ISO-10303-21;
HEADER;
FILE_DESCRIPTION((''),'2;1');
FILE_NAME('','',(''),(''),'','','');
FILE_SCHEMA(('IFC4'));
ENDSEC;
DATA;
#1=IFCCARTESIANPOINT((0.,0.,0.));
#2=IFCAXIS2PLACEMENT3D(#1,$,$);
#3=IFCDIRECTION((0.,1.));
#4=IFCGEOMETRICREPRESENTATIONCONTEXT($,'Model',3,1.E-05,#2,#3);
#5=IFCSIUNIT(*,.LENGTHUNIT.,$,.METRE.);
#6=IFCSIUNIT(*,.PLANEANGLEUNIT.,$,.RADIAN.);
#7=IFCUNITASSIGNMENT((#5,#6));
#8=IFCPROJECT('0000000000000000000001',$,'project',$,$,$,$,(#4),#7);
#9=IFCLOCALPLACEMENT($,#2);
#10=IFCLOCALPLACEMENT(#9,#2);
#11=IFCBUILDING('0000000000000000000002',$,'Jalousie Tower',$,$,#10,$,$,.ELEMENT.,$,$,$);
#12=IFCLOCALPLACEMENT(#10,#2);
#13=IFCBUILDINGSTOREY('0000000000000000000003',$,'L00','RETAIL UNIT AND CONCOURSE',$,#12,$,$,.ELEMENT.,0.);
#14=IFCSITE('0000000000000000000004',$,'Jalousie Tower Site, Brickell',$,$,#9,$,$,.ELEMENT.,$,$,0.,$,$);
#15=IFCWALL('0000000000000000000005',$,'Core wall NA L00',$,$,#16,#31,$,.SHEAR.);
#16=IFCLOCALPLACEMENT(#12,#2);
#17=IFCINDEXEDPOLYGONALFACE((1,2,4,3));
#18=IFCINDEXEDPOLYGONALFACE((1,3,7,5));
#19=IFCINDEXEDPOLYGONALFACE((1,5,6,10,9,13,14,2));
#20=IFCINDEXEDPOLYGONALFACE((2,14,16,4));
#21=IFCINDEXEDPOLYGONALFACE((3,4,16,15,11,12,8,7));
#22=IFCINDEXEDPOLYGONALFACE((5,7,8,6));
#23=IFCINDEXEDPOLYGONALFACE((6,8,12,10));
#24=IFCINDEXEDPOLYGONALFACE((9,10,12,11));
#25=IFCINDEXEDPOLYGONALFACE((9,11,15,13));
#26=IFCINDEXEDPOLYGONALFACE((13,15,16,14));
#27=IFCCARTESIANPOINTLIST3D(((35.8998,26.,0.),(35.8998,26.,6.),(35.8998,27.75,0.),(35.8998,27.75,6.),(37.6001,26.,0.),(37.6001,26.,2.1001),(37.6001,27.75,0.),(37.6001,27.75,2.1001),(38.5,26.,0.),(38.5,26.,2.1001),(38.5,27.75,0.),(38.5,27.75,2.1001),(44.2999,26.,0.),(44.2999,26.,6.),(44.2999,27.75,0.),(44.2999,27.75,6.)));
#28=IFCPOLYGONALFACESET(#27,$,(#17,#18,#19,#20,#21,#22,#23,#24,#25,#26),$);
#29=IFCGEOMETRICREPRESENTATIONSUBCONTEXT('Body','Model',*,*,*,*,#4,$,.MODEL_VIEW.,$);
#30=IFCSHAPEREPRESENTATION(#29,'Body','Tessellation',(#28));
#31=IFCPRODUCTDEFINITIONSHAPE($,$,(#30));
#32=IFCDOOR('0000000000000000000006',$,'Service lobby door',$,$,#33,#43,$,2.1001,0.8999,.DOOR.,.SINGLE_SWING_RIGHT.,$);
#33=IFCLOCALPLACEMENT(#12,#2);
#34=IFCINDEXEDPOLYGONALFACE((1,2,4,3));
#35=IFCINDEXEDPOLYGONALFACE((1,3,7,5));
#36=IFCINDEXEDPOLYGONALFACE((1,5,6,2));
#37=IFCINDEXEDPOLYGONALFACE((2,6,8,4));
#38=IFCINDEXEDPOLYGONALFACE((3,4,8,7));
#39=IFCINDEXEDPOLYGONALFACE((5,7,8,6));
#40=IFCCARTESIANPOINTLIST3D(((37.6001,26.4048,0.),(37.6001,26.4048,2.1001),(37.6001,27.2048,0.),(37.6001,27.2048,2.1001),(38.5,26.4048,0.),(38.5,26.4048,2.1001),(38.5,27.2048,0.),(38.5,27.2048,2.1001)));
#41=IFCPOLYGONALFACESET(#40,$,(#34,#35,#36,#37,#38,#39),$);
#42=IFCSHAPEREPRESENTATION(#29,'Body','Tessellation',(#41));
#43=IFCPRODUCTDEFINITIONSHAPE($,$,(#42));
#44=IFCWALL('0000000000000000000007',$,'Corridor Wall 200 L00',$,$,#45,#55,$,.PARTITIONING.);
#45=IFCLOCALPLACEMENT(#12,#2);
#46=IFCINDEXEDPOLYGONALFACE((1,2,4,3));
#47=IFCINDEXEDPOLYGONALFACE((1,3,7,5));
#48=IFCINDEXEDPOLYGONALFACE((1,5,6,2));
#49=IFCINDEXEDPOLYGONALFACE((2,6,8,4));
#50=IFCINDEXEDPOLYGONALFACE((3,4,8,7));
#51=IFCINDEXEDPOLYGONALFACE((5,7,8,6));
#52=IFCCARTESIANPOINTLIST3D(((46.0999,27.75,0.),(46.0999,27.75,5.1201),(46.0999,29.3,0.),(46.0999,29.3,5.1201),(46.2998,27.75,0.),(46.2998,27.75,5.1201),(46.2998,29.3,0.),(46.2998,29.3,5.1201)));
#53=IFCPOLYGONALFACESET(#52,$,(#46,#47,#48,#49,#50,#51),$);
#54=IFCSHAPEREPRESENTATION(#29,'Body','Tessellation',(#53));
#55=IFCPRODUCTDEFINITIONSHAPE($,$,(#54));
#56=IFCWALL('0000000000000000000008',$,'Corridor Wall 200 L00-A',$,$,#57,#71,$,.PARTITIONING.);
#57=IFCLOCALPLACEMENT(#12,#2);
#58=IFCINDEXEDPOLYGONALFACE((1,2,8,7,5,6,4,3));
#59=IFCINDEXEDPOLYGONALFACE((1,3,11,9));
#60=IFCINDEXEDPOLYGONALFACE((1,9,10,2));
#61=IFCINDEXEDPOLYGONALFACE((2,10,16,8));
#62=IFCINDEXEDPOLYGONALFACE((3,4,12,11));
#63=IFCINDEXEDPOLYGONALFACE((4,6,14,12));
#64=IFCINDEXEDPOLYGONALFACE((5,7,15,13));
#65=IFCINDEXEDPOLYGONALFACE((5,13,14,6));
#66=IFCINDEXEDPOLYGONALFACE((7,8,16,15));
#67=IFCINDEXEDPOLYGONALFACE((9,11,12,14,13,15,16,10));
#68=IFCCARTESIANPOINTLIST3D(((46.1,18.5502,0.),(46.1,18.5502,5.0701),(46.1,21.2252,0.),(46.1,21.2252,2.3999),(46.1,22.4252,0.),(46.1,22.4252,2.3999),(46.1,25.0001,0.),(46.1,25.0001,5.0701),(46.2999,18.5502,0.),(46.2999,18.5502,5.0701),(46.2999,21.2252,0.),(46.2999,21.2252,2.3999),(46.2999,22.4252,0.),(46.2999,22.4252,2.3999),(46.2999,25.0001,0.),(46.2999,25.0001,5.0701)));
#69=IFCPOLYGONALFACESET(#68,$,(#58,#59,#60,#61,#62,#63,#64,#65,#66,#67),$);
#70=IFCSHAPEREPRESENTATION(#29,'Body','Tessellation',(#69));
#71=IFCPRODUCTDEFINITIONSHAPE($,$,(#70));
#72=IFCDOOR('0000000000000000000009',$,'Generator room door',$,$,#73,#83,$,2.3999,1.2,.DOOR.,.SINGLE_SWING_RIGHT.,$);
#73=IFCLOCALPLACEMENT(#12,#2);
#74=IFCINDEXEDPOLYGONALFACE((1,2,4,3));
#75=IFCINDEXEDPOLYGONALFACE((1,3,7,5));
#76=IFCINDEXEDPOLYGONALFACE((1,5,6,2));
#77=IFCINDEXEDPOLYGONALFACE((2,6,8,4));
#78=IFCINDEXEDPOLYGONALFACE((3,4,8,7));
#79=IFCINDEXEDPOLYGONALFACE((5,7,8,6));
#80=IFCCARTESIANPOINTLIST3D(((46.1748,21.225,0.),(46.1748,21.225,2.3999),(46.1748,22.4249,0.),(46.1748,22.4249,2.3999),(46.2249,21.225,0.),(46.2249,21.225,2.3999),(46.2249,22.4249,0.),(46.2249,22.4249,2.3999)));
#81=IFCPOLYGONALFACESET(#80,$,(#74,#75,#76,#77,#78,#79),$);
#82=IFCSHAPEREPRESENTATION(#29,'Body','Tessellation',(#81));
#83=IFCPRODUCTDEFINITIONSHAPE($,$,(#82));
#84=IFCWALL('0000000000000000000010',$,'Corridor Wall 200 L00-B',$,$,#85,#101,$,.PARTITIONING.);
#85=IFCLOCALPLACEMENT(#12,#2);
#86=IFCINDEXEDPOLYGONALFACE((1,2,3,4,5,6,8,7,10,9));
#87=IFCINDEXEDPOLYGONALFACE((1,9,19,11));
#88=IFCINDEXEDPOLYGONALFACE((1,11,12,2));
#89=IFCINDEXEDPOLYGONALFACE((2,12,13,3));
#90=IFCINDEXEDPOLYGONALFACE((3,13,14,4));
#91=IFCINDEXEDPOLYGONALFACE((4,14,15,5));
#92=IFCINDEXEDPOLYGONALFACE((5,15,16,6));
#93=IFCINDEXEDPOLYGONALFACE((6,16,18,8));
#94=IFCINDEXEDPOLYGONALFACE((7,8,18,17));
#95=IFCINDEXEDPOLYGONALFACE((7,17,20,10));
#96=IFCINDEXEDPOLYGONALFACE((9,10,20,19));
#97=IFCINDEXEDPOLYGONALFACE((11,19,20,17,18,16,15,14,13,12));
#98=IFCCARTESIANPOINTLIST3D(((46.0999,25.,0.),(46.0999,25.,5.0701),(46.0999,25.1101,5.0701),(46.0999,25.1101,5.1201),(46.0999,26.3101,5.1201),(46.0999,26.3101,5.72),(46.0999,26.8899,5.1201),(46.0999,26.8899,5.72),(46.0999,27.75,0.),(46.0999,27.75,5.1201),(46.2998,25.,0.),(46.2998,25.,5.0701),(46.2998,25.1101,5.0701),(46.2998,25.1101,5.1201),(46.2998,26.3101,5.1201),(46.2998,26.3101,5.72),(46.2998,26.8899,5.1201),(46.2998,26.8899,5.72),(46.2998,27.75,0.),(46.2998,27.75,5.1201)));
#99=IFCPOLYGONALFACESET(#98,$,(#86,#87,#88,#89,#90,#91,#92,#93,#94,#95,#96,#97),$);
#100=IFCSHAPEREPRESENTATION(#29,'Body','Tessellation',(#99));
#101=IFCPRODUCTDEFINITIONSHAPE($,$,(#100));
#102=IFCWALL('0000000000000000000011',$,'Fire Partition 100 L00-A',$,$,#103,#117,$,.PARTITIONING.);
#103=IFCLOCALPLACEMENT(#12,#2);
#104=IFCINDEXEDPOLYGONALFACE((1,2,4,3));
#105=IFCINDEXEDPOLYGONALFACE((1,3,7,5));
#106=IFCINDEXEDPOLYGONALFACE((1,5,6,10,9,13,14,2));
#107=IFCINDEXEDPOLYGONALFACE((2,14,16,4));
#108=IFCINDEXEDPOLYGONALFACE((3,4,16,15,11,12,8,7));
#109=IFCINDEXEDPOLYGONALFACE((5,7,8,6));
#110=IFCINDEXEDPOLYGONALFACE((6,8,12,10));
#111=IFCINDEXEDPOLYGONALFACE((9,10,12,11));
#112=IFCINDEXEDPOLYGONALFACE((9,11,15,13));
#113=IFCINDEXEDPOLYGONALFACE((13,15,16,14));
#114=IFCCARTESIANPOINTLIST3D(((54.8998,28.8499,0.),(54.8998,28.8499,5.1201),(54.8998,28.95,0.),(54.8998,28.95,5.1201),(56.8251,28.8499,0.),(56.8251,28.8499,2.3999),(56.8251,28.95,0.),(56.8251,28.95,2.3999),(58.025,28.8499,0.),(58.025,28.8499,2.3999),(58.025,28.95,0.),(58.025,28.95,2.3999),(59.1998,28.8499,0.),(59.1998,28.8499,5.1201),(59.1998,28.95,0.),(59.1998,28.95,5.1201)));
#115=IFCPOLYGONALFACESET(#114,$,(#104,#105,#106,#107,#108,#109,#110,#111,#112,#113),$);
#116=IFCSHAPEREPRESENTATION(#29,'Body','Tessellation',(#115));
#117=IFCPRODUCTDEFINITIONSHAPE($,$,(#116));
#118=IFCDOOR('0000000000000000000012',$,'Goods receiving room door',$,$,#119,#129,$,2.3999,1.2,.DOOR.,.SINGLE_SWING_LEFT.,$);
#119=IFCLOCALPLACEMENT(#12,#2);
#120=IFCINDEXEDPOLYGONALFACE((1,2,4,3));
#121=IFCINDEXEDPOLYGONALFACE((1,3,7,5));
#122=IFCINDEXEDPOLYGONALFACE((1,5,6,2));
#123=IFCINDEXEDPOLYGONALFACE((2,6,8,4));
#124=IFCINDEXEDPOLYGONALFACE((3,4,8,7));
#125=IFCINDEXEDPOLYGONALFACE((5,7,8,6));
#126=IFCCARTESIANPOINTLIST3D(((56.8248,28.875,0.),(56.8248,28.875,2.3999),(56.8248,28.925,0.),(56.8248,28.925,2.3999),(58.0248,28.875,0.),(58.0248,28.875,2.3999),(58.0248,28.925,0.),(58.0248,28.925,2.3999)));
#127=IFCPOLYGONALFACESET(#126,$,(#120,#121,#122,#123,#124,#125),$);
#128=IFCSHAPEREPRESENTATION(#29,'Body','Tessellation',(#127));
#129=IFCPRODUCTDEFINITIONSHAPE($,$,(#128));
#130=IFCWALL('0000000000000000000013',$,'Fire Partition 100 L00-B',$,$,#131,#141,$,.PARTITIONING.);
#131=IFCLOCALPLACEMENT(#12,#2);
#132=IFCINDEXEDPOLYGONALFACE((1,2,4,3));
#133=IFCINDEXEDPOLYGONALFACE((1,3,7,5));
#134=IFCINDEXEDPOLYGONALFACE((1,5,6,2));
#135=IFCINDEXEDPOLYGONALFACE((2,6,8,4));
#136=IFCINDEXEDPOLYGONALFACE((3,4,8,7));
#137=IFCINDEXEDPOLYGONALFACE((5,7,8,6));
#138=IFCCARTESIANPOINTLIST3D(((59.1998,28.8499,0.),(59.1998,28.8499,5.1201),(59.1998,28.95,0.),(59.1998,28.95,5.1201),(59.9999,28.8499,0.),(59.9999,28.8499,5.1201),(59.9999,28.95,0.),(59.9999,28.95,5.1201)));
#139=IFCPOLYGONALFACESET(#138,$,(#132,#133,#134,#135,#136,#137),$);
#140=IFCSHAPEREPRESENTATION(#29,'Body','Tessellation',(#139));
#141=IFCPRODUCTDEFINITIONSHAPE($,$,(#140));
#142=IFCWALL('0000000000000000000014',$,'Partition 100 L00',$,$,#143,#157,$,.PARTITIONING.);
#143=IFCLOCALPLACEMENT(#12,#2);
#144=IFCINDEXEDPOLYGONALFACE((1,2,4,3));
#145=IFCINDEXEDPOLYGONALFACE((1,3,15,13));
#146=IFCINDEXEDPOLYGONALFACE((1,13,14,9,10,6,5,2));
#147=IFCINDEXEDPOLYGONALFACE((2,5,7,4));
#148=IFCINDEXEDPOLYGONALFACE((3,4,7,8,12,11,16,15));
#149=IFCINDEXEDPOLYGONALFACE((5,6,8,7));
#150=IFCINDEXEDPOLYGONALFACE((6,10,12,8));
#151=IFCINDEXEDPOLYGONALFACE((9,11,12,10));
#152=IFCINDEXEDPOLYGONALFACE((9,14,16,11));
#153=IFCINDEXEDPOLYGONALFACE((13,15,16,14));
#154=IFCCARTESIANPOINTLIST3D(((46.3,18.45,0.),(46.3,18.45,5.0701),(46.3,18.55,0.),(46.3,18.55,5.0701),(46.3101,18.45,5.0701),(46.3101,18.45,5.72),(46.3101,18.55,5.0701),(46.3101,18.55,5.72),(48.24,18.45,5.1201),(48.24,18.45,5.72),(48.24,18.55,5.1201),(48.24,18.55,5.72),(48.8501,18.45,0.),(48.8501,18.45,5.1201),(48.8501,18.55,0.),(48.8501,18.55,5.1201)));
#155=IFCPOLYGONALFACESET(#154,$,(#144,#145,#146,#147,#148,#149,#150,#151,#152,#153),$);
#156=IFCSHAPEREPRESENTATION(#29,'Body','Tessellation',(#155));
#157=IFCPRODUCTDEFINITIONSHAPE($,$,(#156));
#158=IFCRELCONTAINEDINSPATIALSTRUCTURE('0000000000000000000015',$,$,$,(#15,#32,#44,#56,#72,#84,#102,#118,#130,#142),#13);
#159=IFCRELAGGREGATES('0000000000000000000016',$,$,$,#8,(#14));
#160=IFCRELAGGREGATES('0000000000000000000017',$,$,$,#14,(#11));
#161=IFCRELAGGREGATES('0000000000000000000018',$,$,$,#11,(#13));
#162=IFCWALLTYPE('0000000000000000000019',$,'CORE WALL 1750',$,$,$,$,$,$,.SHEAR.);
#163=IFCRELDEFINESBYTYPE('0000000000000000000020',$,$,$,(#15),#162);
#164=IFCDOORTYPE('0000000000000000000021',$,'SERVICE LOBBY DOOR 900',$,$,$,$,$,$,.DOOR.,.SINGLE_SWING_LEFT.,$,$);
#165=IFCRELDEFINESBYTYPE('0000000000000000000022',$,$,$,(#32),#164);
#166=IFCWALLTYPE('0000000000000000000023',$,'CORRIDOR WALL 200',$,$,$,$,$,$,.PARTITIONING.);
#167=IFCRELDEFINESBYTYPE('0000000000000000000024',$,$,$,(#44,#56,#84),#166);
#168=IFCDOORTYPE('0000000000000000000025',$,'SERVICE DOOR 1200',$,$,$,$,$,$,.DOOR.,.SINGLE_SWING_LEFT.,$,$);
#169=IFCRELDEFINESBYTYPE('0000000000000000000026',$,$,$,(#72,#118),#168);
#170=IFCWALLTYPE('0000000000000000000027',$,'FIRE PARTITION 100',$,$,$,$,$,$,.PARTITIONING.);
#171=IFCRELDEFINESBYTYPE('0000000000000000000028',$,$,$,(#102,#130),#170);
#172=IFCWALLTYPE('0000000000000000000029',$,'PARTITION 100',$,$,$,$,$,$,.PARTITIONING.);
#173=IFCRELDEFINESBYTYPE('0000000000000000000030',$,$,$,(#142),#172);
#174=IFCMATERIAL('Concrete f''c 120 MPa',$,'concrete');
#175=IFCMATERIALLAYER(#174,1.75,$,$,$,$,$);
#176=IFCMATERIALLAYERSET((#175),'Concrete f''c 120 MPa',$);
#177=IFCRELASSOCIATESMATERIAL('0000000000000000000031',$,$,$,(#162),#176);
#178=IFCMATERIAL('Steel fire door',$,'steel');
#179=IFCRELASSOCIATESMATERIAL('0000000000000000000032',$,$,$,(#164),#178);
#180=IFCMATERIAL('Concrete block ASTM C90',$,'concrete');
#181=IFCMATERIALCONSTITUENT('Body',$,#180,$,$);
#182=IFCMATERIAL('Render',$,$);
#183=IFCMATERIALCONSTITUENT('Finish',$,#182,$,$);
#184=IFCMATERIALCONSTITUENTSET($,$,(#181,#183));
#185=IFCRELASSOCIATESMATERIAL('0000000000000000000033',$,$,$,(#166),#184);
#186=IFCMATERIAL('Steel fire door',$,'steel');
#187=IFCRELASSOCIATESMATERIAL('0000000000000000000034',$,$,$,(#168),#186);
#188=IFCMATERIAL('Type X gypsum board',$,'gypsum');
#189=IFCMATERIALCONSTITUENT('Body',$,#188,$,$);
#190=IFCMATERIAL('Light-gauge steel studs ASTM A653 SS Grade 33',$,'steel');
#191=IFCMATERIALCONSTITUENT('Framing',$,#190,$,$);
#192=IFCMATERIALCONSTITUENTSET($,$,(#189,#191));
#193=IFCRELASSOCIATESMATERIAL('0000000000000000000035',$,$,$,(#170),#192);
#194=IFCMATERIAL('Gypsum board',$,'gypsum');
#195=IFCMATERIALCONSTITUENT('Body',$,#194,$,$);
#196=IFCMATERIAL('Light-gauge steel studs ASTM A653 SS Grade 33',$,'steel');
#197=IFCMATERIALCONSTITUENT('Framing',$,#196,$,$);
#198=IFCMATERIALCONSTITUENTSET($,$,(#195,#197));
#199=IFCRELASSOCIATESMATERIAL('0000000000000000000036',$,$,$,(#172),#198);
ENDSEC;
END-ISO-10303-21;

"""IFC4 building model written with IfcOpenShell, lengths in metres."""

from ifc_helpers import new_model, si_unit, direction, frame, frame_2d, origin, place, context, subcontext, project, spatial, polyline, rectangle, outline, extrude, material, layer, layer_set, constituent, constituent_set, type_object, element, fill, save


model = new_model("IFC4")

# Units and contexts
model_context = context("Model", 3, precision=1e-05, world=origin(), true_north=direction((0.0, 1.0)))
body_context = subcontext(model_context, "Body", "Model", "MODEL_VIEW")
ifc_project = project(units=[si_unit("LENGTHUNIT", "METRE"), si_unit("PLANEANGLEUNIT", "RADIAN")], contexts=[model_context])

# Site, building, storey
site_placement = place(None, origin())
site = spatial("IfcSite", under=ifc_project, at=site_placement, Name="Jalousie Tower Site, Brickell", CompositionType="ELEMENT", RefElevation=0.0)
building_placement = place(site_placement, origin())
building = spatial("IfcBuilding", under=site, at=building_placement, Name="Jalousie Tower", CompositionType="ELEMENT")
storey_placement = place(building_placement, origin())
storey = spatial("IfcBuildingStorey", under=building, at=storey_placement, Name="L00", Description="RETAIL UNIT AND CONCOURSE", CompositionType="ELEMENT", Elevation=0.0)

# Wall, opening, door
ifc_material_1 = material(Name="Concrete f'c 120 MPa", Category="concrete")
ifc_layer_1 = layer(ifc_material_1, 1.75)
ifc_layer_set_1 = layer_set([ifc_layer_1], Name="Concrete f'c 120 MPa")
wall_type_1 = type_object("IfcWallType", Name="CORE WALL 1750", PredefinedType="SHEAR", material=ifc_layer_set_1)
wall_1_placement = place(storey_placement, frame((44.3, 26.875, 0.0), z_axis=(0.0, 0.0, 1.0), x_axis=(-1.0, 0.0, 0.0)))
wall_1 = element("IfcWall", 1, at=wall_1_placement, inside=storey, type_object=wall_type_1, Name="Core wall NA L00", PredefinedType="SHEAR", context=body_context, shape_type="SweptSolid", body=[
    extrude(rectangle(XDim=8.4001, YDim=1.75, at=frame_2d((4.2002, 0.0))), origin(), (0.0, 0.0, 1.0), 6.0),
])
opening_1_placement = place(wall_1_placement, frame((5.8, 0.0, 0.0)))
opening_1 = element("IfcOpeningElement", 2, at=opening_1_placement, cuts=wall_1, PredefinedType="OPENING", context=body_context, shape_type="SweptSolid", body=[
    extrude(rectangle(XDim=0.8999, YDim=2.1001, at=frame_2d((0.45, 1.05))), frame((0.0, 0.885, 0.0), z_axis=(0.0, -1.0, 0.0), x_axis=(1.0, 0.0, 0.0)), (0.0, 0.0, 1.0), 1.77),
])
ifc_material_2 = material(Name="Steel fire door", Category="steel")
door_type_1 = type_object("IfcDoorType", Name="SERVICE LOBBY DOOR 900", OperationType="SINGLE_SWING_LEFT", PredefinedType="DOOR", material=ifc_material_2)
door_1_placement = place(opening_1_placement, origin())
door_1 = element("IfcDoor", 3, at=door_1_placement, inside=storey, type_object=door_type_1, Name="Service lobby door", OperationType="SINGLE_SWING_RIGHT", OverallHeight=2.1001, OverallWidth=0.8999, PredefinedType="DOOR", context=body_context, shape_type="SweptSolid", body=[
    extrude(rectangle(XDim=0.8999, YDim=2.1001, at=frame_2d((0.45, 1.05))), frame((0.0, 0.4702, 0.0), z_axis=(0.0, -1.0, 0.0), x_axis=(1.0, 0.0, 0.0)), (0.0, 0.0, 1.0), 0.8),
])
fill(opening_1, door_1)

# Wall
ifc_material_3 = material(Name="Concrete block ASTM C90", Category="concrete")
ifc_constituent_1 = constituent(ifc_material_3, Name="Body")
ifc_material_4 = material(Name="Render")
ifc_constituent_2 = constituent(ifc_material_4, Name="Finish")
ifc_constituent_set_1 = constituent_set(constituents=[ifc_constituent_1, ifc_constituent_2])
wall_type_2 = type_object("IfcWallType", Name="CORRIDOR WALL 200", PredefinedType="PARTITIONING", material=ifc_constituent_set_1)
wall_2_placement = place(storey_placement, frame((46.2, 27.75, 0.0), z_axis=(0.0, 0.0, 1.0), x_axis=(0.0, 1.0, 0.0)))
element("IfcWall", 4, at=wall_2_placement, inside=storey, type_object=wall_type_2, Name="Corridor Wall 200 L00", PredefinedType="PARTITIONING", context=body_context, shape_type="SweptSolid", body=[
    extrude(outline(polyline([(0.0, 0.0), (1.55, 0.0), (1.55, 5.72), (1.55, 5.1201), (0.0, 5.1201), (0.0, 5.72), (0.0, 0.0)])), frame((0.0, 0.1001, 0.0), z_axis=(0.0, -1.0, 0.0), x_axis=(1.0, 0.0, 0.0)), (0.0, 0.0, 1.0), 0.2),
])

# Wall, opening, door
wall_3_placement = place(storey_placement, frame((46.2, 18.55, 0.0), z_axis=(0.0, 0.0, 1.0), x_axis=(0.0, 1.0, 0.0)))
wall_3 = element("IfcWall", 5, at=wall_3_placement, inside=storey, type_object=wall_type_2, Name="Corridor Wall 200 L00-A", PredefinedType="PARTITIONING", context=body_context, shape_type="SweptSolid", body=[
    extrude(rectangle(XDim=6.45, YDim=0.2, at=frame_2d((3.2251, 0.0))), origin(), (0.0, 0.0, 1.0), 5.0701),
])
opening_2_placement = place(wall_3_placement, frame((2.675, 0.0, 0.0)))
opening_2 = element("IfcOpeningElement", 6, at=opening_2_placement, cuts=wall_3, PredefinedType="OPENING", context=body_context, shape_type="SweptSolid", body=[
    extrude(rectangle(XDim=1.2, YDim=2.3999, at=frame_2d((0.6001, 1.2))), frame((0.0, 0.1099, 0.0), z_axis=(0.0, -1.0, 0.0), x_axis=(1.0, 0.0, 0.0)), (0.0, 0.0, 1.0), 0.22),
])
ifc_material_5 = material(Name="Steel fire door", Category="steel")
door_type_2 = type_object("IfcDoorType", Name="SERVICE DOOR 1200", OperationType="SINGLE_SWING_LEFT", PredefinedType="DOOR", material=ifc_material_5)
door_2_placement = place(opening_2_placement, frame((1.2, 0.0, 0.0), z_axis=(0.0, 0.0, 1.0), x_axis=(-1.0, 0.0, 0.0)))
door_2 = element("IfcDoor", 7, at=door_2_placement, inside=storey, type_object=door_type_2, Name="Generator room door", OperationType="SINGLE_SWING_RIGHT", OverallHeight=2.3999, OverallWidth=1.2, PredefinedType="DOOR", context=body_context, shape_type="SweptSolid", body=[
    extrude(rectangle(XDim=1.2, YDim=2.3999, at=frame_2d((0.6001, 1.2))), frame((0.0, 0.0249, 0.0), z_axis=(0.0, -1.0, 0.0), x_axis=(1.0, 0.0, 0.0)), (0.0, 0.0, 1.0), 0.05),
])
fill(opening_2, door_2)

# Wall
wall_4_placement = place(storey_placement, frame((46.2, 25.0, 0.0), z_axis=(0.0, 0.0, 1.0), x_axis=(0.0, 1.0, 0.0)))
element("IfcWall", 8, at=wall_4_placement, inside=storey, type_object=wall_type_2, Name="Corridor Wall 200 L00-B", PredefinedType="PARTITIONING", context=body_context, shape_type="SweptSolid", body=[
    extrude(outline(polyline([(0.0, 0.0), (2.75, 0.0), (2.75, 5.1201), (1.8899, 5.1201), (1.8899, 5.72), (1.3101, 5.72), (1.3101, 5.1201), (0.1101, 5.1201), (0.1101, 5.0701), (0.0, 5.0701), (0.0, 0.0)])), frame((0.0, 0.1001, 0.0), z_axis=(0.0, -1.0, 0.0), x_axis=(1.0, 0.0, 0.0)), (0.0, 0.0, 1.0), 0.2),
])

# Wall, opening, door
ifc_material_6 = material(Name="Type X gypsum board", Category="gypsum")
ifc_constituent_3 = constituent(ifc_material_6, Name="Body")
ifc_material_7 = material(Name="Light-gauge steel studs ASTM A653 SS Grade 33", Category="steel")
ifc_constituent_4 = constituent(ifc_material_7, Name="Framing")
ifc_constituent_set_2 = constituent_set(constituents=[ifc_constituent_3, ifc_constituent_4])
wall_type_3 = type_object("IfcWallType", Name="FIRE PARTITION 100", PredefinedType="PARTITIONING", material=ifc_constituent_set_2)
wall_5_placement = place(storey_placement, frame((54.8999, 28.8999, 0.0), z_axis=(0.0, 0.0, 1.0), x_axis=(1.0, 0.0, 0.0)))
wall_5 = element("IfcWall", 9, at=wall_5_placement, inside=storey, type_object=wall_type_3, Name="Fire Partition 100 L00-A", PredefinedType="PARTITIONING", context=body_context, shape_type="SweptSolid", body=[
    extrude(rectangle(XDim=4.3, YDim=0.1001, at=frame_2d((2.1499, 0.0))), origin(), (0.0, 0.0, 1.0), 5.1201),
])
opening_3_placement = place(wall_5_placement, frame((1.925, 0.0, 0.0)))
opening_3 = element("IfcOpeningElement", 10, at=opening_3_placement, cuts=wall_5, PredefinedType="OPENING", context=body_context, shape_type="SweptSolid", body=[
    extrude(rectangle(XDim=1.2, YDim=2.3999, at=frame_2d((0.6001, 1.2))), frame((0.0, 0.0601, 0.0), z_axis=(0.0, -1.0, 0.0), x_axis=(1.0, 0.0, 0.0)), (0.0, 0.0, 1.0), 0.1201),
])
door_3_placement = place(opening_3_placement, frame((1.2, 0.0, 0.0), z_axis=(0.0, 0.0, 1.0), x_axis=(-1.0, 0.0, 0.0)))
door_3 = element("IfcDoor", 11, at=door_3_placement, inside=storey, type_object=door_type_2, Name="Goods receiving room door", OperationType="SINGLE_SWING_LEFT", OverallHeight=2.3999, OverallWidth=1.2, PredefinedType="DOOR", context=body_context, shape_type="SweptSolid", body=[
    extrude(rectangle(XDim=1.2, YDim=2.3999, at=frame_2d((0.6001, 1.2))), frame((0.0, 0.0249, 0.0), z_axis=(0.0, -1.0, 0.0), x_axis=(1.0, 0.0, 0.0)), (0.0, 0.0, 1.0), 0.05),
])
fill(opening_3, door_3)

# Walls
wall_6_placement = place(storey_placement, frame((59.2, 28.8999, 0.0), z_axis=(0.0, 0.0, 1.0), x_axis=(1.0, 0.0, 0.0)))
element("IfcWall", 12, at=wall_6_placement, inside=storey, type_object=wall_type_3, Name="Fire Partition 100 L00-B", PredefinedType="PARTITIONING", context=body_context, shape_type="SweptSolid", body=[
    extrude(rectangle(XDim=0.8, YDim=0.1001, at=frame_2d((0.3999, 0.0))), origin(), (0.0, 0.0, 1.0), 5.1201),
])
ifc_material_8 = material(Name="Gypsum board", Category="gypsum")
ifc_constituent_5 = constituent(ifc_material_8, Name="Body")
ifc_material_9 = material(Name="Light-gauge steel studs ASTM A653 SS Grade 33", Category="steel")
ifc_constituent_6 = constituent(ifc_material_9, Name="Framing")
ifc_constituent_set_3 = constituent_set(constituents=[ifc_constituent_5, ifc_constituent_6])
wall_type_4 = type_object("IfcWallType", Name="PARTITION 100", PredefinedType="PARTITIONING", material=ifc_constituent_set_3)
wall_7_placement = place(storey_placement, frame((46.3, 18.5, 0.0), z_axis=(0.0, 0.0, 1.0), x_axis=(1.0, 0.0, 0.0)))
element("IfcWall", 13, at=wall_7_placement, inside=storey, type_object=wall_type_4, Name="Partition 100 L00", PredefinedType="PARTITIONING", context=body_context, shape_type="SweptSolid", body=[
    extrude(outline(polyline([(0.0, 0.0), (2.55, 0.0), (2.55, 5.72), (2.55, 5.1201), (1.9399, 5.1201), (1.9399, 5.72), (0.01, 5.72), (0.01, 5.0701), (0.0, 5.0701), (0.0, 5.72), (0.0, 0.0)])), frame((0.0, 0.05, 0.0), z_axis=(0.0, -1.0, 0.0), x_axis=(1.0, 0.0, 0.0)), (0.0, 0.0, 1.0), 0.1001),
])

save(model, "model.ifc")
